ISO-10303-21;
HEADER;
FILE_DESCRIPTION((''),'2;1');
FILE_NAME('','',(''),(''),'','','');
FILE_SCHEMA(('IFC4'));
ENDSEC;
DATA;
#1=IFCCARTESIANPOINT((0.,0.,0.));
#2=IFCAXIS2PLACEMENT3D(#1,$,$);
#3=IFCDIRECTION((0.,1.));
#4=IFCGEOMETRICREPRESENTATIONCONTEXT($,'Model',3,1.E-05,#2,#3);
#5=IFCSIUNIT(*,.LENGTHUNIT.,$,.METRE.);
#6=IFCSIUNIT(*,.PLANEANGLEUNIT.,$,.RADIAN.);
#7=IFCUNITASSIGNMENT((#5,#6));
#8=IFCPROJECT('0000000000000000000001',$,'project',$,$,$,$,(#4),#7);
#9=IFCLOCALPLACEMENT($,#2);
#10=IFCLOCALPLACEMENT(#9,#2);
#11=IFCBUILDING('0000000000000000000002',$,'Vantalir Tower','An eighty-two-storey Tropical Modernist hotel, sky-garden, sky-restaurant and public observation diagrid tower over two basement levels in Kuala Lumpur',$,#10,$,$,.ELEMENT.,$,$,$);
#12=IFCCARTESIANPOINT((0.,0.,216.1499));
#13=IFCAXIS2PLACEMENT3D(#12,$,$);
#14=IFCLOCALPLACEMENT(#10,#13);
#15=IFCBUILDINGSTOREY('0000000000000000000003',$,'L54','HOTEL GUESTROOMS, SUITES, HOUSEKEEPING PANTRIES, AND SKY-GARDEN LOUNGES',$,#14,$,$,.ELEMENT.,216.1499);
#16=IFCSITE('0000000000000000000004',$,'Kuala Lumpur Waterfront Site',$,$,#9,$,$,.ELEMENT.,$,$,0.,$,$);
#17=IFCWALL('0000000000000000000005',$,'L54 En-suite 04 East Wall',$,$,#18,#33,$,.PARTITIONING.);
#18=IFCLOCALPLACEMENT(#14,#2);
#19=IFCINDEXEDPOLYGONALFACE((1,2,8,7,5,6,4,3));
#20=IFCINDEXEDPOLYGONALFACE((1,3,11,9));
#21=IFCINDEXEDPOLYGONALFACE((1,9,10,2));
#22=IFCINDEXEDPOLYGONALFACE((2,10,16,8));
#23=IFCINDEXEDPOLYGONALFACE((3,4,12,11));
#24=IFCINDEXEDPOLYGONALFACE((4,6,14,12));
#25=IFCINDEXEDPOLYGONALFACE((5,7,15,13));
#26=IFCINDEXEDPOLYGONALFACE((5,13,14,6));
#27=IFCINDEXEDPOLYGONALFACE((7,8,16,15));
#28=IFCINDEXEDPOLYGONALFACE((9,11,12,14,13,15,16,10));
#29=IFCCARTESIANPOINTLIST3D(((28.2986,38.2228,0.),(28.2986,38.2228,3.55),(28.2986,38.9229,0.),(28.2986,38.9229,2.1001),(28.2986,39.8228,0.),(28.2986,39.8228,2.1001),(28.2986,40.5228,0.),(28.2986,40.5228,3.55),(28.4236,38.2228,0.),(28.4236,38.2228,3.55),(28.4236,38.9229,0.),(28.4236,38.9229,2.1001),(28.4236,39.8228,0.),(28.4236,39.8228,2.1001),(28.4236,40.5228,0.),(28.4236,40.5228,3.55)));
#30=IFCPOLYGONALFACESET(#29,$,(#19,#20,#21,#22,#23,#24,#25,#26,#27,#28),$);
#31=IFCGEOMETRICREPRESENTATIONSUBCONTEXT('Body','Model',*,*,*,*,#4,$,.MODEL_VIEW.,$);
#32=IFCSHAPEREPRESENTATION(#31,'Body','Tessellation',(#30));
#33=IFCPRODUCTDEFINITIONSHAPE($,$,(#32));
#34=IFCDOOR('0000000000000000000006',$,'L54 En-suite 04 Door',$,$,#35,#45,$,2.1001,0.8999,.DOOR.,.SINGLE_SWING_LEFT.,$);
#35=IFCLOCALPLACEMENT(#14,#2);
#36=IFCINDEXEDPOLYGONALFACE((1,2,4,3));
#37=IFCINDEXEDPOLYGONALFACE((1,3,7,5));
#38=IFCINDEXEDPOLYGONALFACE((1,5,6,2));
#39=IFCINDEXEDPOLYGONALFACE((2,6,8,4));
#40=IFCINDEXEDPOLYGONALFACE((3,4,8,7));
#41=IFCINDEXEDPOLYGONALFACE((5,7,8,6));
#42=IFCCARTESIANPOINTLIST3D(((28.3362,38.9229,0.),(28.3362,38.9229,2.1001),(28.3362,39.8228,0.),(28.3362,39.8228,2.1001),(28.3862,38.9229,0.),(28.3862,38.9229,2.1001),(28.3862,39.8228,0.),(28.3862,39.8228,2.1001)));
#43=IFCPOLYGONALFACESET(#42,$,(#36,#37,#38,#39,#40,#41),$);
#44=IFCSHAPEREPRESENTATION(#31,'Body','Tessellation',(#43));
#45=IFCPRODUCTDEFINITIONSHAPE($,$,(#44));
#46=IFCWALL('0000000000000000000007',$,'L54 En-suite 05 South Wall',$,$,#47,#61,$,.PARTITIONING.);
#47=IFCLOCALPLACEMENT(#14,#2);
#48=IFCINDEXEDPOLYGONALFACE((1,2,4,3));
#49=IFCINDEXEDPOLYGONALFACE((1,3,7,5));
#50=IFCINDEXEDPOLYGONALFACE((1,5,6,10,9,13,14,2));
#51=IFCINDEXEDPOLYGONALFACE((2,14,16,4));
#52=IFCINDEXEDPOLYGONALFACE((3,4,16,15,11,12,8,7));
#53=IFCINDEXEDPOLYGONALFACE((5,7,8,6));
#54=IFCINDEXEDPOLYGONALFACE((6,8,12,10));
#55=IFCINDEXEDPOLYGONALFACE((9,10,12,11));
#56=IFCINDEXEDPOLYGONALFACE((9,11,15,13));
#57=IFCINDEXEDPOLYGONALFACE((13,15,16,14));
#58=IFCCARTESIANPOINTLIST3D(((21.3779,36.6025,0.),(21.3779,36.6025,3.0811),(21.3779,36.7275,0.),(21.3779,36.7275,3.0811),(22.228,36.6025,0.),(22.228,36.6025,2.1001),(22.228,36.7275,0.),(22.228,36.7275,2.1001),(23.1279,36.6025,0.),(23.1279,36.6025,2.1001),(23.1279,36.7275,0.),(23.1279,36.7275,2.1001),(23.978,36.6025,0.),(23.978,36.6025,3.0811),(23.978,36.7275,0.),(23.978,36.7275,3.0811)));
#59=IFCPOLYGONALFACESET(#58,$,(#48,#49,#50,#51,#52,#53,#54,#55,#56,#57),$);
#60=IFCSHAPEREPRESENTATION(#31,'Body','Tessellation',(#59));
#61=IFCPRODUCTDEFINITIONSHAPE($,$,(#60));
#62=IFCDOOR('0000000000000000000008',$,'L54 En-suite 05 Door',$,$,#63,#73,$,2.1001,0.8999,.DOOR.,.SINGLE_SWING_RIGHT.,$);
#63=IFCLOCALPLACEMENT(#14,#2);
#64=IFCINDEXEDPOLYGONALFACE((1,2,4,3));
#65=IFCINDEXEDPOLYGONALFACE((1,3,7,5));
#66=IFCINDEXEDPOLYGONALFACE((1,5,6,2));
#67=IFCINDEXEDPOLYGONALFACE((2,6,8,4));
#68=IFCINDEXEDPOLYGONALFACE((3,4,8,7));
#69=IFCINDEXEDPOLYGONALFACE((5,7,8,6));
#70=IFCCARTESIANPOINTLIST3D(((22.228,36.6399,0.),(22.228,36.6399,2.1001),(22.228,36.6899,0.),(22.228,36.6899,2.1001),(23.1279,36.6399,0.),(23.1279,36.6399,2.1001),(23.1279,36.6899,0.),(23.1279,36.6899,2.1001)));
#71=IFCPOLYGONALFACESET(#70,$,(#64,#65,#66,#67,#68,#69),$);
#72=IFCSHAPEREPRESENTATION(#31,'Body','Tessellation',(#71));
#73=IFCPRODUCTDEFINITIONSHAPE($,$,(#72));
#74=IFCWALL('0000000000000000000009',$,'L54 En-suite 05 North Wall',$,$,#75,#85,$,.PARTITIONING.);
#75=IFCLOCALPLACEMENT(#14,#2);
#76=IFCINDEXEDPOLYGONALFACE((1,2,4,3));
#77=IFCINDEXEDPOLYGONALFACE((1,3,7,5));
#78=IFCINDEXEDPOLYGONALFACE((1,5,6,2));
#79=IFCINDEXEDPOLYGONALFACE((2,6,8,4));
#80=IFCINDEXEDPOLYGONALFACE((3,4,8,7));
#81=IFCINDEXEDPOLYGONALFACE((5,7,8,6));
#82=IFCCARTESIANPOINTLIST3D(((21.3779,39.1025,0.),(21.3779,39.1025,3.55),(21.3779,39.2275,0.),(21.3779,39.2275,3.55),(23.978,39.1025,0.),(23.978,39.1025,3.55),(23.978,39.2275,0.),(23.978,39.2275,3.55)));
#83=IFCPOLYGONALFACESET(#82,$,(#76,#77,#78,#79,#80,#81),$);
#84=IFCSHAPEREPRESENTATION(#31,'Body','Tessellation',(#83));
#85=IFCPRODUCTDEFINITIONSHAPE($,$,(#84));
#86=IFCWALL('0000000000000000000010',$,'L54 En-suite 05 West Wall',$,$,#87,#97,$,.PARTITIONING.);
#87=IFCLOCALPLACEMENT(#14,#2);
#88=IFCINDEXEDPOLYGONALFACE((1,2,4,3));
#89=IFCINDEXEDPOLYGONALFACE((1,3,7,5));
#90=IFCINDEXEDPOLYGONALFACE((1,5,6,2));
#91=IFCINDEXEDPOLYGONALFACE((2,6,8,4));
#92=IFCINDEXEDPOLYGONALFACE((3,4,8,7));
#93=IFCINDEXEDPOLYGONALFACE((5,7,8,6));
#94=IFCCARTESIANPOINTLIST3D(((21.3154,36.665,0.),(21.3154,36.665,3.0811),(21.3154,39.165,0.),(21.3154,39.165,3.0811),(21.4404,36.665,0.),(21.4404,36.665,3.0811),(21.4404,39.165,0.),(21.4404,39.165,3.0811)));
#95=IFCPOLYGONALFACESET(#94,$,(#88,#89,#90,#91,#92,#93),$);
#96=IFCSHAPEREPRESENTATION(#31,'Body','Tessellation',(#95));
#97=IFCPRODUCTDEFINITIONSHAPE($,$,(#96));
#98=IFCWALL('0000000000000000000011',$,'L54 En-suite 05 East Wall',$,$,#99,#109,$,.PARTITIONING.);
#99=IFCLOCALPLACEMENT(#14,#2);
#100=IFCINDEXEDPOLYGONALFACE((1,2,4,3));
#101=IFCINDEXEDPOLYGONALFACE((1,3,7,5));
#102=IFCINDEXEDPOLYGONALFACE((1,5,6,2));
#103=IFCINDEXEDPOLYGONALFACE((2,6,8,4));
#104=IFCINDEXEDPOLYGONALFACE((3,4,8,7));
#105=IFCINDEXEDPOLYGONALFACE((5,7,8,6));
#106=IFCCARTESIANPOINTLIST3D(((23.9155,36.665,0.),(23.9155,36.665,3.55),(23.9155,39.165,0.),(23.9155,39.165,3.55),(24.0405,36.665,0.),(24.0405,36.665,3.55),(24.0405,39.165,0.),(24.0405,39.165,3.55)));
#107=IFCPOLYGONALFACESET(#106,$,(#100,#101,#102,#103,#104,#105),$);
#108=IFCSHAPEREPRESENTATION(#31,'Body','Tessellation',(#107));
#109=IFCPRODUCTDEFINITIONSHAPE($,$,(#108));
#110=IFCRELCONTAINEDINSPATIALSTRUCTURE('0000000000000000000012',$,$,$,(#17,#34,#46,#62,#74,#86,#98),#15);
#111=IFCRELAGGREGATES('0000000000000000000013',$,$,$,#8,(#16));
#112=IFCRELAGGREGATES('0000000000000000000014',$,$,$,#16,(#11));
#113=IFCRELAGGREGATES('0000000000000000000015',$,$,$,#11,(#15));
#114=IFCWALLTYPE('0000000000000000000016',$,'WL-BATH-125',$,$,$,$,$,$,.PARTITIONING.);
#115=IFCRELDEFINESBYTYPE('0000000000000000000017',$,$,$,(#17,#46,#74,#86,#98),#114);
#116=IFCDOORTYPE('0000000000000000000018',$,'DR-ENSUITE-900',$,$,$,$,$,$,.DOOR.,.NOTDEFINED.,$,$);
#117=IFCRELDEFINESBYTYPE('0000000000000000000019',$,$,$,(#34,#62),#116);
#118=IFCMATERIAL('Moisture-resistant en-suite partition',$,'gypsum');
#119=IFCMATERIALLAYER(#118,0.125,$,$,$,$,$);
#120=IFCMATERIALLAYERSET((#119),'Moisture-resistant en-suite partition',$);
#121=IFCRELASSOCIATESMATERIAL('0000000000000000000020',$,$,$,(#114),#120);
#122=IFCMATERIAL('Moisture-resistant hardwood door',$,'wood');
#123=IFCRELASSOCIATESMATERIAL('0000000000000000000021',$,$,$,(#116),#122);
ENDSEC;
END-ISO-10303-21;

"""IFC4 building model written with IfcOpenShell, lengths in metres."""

from ifc_helpers import new_model, si_unit, direction, frame, frame_2d, origin, place, context, subcontext, project, spatial, rectangle, extrude, material, layer, layer_set, type_object, element, fill, save


model = new_model("IFC4")

# Units and contexts
model_context = context("Model", 3, precision=1e-05, world=origin(), true_north=direction((0.0, 1.0)))
body_context = subcontext(model_context, "Body", "Model", "MODEL_VIEW")
ifc_project = project(units=[si_unit("LENGTHUNIT", "METRE"), si_unit("PLANEANGLEUNIT", "RADIAN")], contexts=[model_context])

# Site, building, storey
site_placement = place(None, origin())
site = spatial("IfcSite", under=ifc_project, at=site_placement, Name="Kuala Lumpur Waterfront Site", CompositionType="ELEMENT", RefElevation=0.0)
building_placement = place(site_placement, origin())
building = spatial("IfcBuilding", under=site, at=building_placement, Name="Vantalir Tower", Description="An eighty-two-storey Tropical Modernist hotel, sky-garden, sky-restaurant and public observation diagrid tower over two basement levels in Kuala Lumpur", CompositionType="ELEMENT")
storey_placement = place(building_placement, frame((0.0, 0.0, 216.1499)))
storey = spatial("IfcBuildingStorey", under=building, at=storey_placement, Name="L54", Description="HOTEL GUESTROOMS, SUITES, HOUSEKEEPING PANTRIES, AND SKY-GARDEN LOUNGES", CompositionType="ELEMENT", Elevation=216.1499)

# Shared definitions
ifc_material_1 = material(Name="Moisture-resistant en-suite partition", Category="gypsum")
ifc_layer_1 = layer(ifc_material_1, 0.125)
ifc_layer_set_1 = layer_set([ifc_layer_1], Name="Moisture-resistant en-suite partition")
wall_type_1 = type_object("IfcWallType", Name="WL-BATH-125", PredefinedType="PARTITIONING", material=ifc_layer_set_1)

# Walls, openings, doors
wall_1_placement = place(storey_placement, frame((28.3611, 38.2229, 0.0), z_axis=(0.0, 0.0, 1.0), x_axis=(0.0, 1.0, 0.0)))
wall_1 = element("IfcWall", 1, at=wall_1_placement, inside=storey, type_object=wall_type_1, Name="L54 En-suite 04 East Wall", PredefinedType="PARTITIONING", context=body_context, shape_type="SweptSolid", body=[
    extrude(rectangle(XDim=2.3, YDim=0.125, at=frame_2d((1.1499, 0.0))), origin(), (0.0, 0.0, 1.0), 3.55),
])
opening_1_placement = place(wall_1_placement, frame((0.7, 0.0, 0.0)))
opening_1 = element("IfcOpeningElement", 2, at=opening_1_placement, cuts=wall_1, PredefinedType="OPENING", context=body_context, shape_type="SweptSolid", body=[
    extrude(rectangle(XDim=0.8999, YDim=2.1001, at=frame_2d((0.45, 1.05))), frame((0.0, 0.0725, 0.0), z_axis=(0.0, -1.0, 0.0), x_axis=(1.0, 0.0, 0.0)), (0.0, 0.0, 1.0), 0.145),
])
ifc_material_2 = material(Name="Moisture-resistant hardwood door", Category="wood")
door_type_1 = type_object("IfcDoorType", Name="DR-ENSUITE-900", OperationType="NOTDEFINED", PredefinedType="DOOR", material=ifc_material_2)
door_1_placement = place(opening_1_placement, origin())
door_1 = element("IfcDoor", 3, at=door_1_placement, inside=storey, type_object=door_type_1, Name="L54 En-suite 04 Door", OperationType="SINGLE_SWING_LEFT", OverallHeight=2.1001, OverallWidth=0.8999, PredefinedType="DOOR", context=body_context, shape_type="SweptSolid", body=[
    extrude(rectangle(XDim=0.8999, YDim=2.1001, at=frame_2d((0.45, 1.05))), frame((0.0, 0.0249, 0.0), z_axis=(0.0, -1.0, 0.0), x_axis=(1.0, 0.0, 0.0)), (0.0, 0.0, 1.0), 0.05),
])
fill(opening_1, door_1)
wall_2_placement = place(storey_placement, frame((21.3779, 36.665, 0.0), z_axis=(0.0, 0.0, 1.0), x_axis=(1.0, 0.0, 0.0)))
wall_2 = element("IfcWall", 4, at=wall_2_placement, inside=storey, type_object=wall_type_1, Name="L54 En-suite 05 South Wall", PredefinedType="PARTITIONING", context=body_context, shape_type="SweptSolid", body=[
    extrude(rectangle(XDim=2.6001, YDim=0.125, at=frame_2d((1.3, 0.0))), origin(), (0.0, 0.0, 1.0), 3.0811),
])
opening_2_placement = place(wall_2_placement, frame((0.8501, 0.0, 0.0)))
opening_2 = element("IfcOpeningElement", 5, at=opening_2_placement, cuts=wall_2, PredefinedType="OPENING", context=body_context, shape_type="SweptSolid", body=[
    extrude(rectangle(XDim=0.8999, YDim=2.1001, at=frame_2d((0.45, 1.05))), frame((0.0, 0.0725, 0.0), z_axis=(0.0, -1.0, 0.0), x_axis=(1.0, 0.0, 0.0)), (0.0, 0.0, 1.0), 0.145),
])
door_2_placement = place(opening_2_placement, origin())
door_2 = element("IfcDoor", 6, at=door_2_placement, inside=storey, type_object=door_type_1, Name="L54 En-suite 05 Door", OperationType="SINGLE_SWING_RIGHT", OverallHeight=2.1001, OverallWidth=0.8999, PredefinedType="DOOR", context=body_context, shape_type="SweptSolid", body=[
    extrude(rectangle(XDim=0.8999, YDim=2.1001, at=frame_2d((0.45, 1.05))), frame((0.0, 0.0249, 0.0), z_axis=(0.0, -1.0, 0.0), x_axis=(1.0, 0.0, 0.0)), (0.0, 0.0, 1.0), 0.05),
])
fill(opening_2, door_2)

# Walls
wall_3_placement = place(storey_placement, frame((21.3779, 39.165, 0.0), z_axis=(0.0, 0.0, 1.0), x_axis=(1.0, 0.0, 0.0)))
element("IfcWall", 7, at=wall_3_placement, inside=storey, type_object=wall_type_1, Name="L54 En-suite 05 North Wall", PredefinedType="PARTITIONING", context=body_context, shape_type="SweptSolid", body=[
    extrude(rectangle(XDim=2.6001, YDim=0.125, at=frame_2d((1.3, 0.0))), origin(), (0.0, 0.0, 1.0), 3.55),
])
wall_4_placement = place(storey_placement, frame((21.3779, 36.665, 0.0), z_axis=(0.0, 0.0, 1.0), x_axis=(0.0, 1.0, 0.0)))
element("IfcWall", 8, at=wall_4_placement, inside=storey, type_object=wall_type_1, Name="L54 En-suite 05 West Wall", PredefinedType="PARTITIONING", context=body_context, shape_type="SweptSolid", body=[
    extrude(rectangle(XDim=2.5, YDim=0.125, at=frame_2d((1.25, 0.0))), origin(), (0.0, 0.0, 1.0), 3.0811),
])
wall_5_placement = place(storey_placement, frame((23.978, 36.665, 0.0), z_axis=(0.0, 0.0, 1.0), x_axis=(0.0, 1.0, 0.0)))
element("IfcWall", 9, at=wall_5_placement, inside=storey, type_object=wall_type_1, Name="L54 En-suite 05 East Wall", PredefinedType="PARTITIONING", context=body_context, shape_type="SweptSolid", body=[
    extrude(rectangle(XDim=2.5, YDim=0.125, at=frame_2d((1.25, 0.0))), origin(), (0.0, 0.0, 1.0), 3.55),
])

save(model, "model.ifc")
